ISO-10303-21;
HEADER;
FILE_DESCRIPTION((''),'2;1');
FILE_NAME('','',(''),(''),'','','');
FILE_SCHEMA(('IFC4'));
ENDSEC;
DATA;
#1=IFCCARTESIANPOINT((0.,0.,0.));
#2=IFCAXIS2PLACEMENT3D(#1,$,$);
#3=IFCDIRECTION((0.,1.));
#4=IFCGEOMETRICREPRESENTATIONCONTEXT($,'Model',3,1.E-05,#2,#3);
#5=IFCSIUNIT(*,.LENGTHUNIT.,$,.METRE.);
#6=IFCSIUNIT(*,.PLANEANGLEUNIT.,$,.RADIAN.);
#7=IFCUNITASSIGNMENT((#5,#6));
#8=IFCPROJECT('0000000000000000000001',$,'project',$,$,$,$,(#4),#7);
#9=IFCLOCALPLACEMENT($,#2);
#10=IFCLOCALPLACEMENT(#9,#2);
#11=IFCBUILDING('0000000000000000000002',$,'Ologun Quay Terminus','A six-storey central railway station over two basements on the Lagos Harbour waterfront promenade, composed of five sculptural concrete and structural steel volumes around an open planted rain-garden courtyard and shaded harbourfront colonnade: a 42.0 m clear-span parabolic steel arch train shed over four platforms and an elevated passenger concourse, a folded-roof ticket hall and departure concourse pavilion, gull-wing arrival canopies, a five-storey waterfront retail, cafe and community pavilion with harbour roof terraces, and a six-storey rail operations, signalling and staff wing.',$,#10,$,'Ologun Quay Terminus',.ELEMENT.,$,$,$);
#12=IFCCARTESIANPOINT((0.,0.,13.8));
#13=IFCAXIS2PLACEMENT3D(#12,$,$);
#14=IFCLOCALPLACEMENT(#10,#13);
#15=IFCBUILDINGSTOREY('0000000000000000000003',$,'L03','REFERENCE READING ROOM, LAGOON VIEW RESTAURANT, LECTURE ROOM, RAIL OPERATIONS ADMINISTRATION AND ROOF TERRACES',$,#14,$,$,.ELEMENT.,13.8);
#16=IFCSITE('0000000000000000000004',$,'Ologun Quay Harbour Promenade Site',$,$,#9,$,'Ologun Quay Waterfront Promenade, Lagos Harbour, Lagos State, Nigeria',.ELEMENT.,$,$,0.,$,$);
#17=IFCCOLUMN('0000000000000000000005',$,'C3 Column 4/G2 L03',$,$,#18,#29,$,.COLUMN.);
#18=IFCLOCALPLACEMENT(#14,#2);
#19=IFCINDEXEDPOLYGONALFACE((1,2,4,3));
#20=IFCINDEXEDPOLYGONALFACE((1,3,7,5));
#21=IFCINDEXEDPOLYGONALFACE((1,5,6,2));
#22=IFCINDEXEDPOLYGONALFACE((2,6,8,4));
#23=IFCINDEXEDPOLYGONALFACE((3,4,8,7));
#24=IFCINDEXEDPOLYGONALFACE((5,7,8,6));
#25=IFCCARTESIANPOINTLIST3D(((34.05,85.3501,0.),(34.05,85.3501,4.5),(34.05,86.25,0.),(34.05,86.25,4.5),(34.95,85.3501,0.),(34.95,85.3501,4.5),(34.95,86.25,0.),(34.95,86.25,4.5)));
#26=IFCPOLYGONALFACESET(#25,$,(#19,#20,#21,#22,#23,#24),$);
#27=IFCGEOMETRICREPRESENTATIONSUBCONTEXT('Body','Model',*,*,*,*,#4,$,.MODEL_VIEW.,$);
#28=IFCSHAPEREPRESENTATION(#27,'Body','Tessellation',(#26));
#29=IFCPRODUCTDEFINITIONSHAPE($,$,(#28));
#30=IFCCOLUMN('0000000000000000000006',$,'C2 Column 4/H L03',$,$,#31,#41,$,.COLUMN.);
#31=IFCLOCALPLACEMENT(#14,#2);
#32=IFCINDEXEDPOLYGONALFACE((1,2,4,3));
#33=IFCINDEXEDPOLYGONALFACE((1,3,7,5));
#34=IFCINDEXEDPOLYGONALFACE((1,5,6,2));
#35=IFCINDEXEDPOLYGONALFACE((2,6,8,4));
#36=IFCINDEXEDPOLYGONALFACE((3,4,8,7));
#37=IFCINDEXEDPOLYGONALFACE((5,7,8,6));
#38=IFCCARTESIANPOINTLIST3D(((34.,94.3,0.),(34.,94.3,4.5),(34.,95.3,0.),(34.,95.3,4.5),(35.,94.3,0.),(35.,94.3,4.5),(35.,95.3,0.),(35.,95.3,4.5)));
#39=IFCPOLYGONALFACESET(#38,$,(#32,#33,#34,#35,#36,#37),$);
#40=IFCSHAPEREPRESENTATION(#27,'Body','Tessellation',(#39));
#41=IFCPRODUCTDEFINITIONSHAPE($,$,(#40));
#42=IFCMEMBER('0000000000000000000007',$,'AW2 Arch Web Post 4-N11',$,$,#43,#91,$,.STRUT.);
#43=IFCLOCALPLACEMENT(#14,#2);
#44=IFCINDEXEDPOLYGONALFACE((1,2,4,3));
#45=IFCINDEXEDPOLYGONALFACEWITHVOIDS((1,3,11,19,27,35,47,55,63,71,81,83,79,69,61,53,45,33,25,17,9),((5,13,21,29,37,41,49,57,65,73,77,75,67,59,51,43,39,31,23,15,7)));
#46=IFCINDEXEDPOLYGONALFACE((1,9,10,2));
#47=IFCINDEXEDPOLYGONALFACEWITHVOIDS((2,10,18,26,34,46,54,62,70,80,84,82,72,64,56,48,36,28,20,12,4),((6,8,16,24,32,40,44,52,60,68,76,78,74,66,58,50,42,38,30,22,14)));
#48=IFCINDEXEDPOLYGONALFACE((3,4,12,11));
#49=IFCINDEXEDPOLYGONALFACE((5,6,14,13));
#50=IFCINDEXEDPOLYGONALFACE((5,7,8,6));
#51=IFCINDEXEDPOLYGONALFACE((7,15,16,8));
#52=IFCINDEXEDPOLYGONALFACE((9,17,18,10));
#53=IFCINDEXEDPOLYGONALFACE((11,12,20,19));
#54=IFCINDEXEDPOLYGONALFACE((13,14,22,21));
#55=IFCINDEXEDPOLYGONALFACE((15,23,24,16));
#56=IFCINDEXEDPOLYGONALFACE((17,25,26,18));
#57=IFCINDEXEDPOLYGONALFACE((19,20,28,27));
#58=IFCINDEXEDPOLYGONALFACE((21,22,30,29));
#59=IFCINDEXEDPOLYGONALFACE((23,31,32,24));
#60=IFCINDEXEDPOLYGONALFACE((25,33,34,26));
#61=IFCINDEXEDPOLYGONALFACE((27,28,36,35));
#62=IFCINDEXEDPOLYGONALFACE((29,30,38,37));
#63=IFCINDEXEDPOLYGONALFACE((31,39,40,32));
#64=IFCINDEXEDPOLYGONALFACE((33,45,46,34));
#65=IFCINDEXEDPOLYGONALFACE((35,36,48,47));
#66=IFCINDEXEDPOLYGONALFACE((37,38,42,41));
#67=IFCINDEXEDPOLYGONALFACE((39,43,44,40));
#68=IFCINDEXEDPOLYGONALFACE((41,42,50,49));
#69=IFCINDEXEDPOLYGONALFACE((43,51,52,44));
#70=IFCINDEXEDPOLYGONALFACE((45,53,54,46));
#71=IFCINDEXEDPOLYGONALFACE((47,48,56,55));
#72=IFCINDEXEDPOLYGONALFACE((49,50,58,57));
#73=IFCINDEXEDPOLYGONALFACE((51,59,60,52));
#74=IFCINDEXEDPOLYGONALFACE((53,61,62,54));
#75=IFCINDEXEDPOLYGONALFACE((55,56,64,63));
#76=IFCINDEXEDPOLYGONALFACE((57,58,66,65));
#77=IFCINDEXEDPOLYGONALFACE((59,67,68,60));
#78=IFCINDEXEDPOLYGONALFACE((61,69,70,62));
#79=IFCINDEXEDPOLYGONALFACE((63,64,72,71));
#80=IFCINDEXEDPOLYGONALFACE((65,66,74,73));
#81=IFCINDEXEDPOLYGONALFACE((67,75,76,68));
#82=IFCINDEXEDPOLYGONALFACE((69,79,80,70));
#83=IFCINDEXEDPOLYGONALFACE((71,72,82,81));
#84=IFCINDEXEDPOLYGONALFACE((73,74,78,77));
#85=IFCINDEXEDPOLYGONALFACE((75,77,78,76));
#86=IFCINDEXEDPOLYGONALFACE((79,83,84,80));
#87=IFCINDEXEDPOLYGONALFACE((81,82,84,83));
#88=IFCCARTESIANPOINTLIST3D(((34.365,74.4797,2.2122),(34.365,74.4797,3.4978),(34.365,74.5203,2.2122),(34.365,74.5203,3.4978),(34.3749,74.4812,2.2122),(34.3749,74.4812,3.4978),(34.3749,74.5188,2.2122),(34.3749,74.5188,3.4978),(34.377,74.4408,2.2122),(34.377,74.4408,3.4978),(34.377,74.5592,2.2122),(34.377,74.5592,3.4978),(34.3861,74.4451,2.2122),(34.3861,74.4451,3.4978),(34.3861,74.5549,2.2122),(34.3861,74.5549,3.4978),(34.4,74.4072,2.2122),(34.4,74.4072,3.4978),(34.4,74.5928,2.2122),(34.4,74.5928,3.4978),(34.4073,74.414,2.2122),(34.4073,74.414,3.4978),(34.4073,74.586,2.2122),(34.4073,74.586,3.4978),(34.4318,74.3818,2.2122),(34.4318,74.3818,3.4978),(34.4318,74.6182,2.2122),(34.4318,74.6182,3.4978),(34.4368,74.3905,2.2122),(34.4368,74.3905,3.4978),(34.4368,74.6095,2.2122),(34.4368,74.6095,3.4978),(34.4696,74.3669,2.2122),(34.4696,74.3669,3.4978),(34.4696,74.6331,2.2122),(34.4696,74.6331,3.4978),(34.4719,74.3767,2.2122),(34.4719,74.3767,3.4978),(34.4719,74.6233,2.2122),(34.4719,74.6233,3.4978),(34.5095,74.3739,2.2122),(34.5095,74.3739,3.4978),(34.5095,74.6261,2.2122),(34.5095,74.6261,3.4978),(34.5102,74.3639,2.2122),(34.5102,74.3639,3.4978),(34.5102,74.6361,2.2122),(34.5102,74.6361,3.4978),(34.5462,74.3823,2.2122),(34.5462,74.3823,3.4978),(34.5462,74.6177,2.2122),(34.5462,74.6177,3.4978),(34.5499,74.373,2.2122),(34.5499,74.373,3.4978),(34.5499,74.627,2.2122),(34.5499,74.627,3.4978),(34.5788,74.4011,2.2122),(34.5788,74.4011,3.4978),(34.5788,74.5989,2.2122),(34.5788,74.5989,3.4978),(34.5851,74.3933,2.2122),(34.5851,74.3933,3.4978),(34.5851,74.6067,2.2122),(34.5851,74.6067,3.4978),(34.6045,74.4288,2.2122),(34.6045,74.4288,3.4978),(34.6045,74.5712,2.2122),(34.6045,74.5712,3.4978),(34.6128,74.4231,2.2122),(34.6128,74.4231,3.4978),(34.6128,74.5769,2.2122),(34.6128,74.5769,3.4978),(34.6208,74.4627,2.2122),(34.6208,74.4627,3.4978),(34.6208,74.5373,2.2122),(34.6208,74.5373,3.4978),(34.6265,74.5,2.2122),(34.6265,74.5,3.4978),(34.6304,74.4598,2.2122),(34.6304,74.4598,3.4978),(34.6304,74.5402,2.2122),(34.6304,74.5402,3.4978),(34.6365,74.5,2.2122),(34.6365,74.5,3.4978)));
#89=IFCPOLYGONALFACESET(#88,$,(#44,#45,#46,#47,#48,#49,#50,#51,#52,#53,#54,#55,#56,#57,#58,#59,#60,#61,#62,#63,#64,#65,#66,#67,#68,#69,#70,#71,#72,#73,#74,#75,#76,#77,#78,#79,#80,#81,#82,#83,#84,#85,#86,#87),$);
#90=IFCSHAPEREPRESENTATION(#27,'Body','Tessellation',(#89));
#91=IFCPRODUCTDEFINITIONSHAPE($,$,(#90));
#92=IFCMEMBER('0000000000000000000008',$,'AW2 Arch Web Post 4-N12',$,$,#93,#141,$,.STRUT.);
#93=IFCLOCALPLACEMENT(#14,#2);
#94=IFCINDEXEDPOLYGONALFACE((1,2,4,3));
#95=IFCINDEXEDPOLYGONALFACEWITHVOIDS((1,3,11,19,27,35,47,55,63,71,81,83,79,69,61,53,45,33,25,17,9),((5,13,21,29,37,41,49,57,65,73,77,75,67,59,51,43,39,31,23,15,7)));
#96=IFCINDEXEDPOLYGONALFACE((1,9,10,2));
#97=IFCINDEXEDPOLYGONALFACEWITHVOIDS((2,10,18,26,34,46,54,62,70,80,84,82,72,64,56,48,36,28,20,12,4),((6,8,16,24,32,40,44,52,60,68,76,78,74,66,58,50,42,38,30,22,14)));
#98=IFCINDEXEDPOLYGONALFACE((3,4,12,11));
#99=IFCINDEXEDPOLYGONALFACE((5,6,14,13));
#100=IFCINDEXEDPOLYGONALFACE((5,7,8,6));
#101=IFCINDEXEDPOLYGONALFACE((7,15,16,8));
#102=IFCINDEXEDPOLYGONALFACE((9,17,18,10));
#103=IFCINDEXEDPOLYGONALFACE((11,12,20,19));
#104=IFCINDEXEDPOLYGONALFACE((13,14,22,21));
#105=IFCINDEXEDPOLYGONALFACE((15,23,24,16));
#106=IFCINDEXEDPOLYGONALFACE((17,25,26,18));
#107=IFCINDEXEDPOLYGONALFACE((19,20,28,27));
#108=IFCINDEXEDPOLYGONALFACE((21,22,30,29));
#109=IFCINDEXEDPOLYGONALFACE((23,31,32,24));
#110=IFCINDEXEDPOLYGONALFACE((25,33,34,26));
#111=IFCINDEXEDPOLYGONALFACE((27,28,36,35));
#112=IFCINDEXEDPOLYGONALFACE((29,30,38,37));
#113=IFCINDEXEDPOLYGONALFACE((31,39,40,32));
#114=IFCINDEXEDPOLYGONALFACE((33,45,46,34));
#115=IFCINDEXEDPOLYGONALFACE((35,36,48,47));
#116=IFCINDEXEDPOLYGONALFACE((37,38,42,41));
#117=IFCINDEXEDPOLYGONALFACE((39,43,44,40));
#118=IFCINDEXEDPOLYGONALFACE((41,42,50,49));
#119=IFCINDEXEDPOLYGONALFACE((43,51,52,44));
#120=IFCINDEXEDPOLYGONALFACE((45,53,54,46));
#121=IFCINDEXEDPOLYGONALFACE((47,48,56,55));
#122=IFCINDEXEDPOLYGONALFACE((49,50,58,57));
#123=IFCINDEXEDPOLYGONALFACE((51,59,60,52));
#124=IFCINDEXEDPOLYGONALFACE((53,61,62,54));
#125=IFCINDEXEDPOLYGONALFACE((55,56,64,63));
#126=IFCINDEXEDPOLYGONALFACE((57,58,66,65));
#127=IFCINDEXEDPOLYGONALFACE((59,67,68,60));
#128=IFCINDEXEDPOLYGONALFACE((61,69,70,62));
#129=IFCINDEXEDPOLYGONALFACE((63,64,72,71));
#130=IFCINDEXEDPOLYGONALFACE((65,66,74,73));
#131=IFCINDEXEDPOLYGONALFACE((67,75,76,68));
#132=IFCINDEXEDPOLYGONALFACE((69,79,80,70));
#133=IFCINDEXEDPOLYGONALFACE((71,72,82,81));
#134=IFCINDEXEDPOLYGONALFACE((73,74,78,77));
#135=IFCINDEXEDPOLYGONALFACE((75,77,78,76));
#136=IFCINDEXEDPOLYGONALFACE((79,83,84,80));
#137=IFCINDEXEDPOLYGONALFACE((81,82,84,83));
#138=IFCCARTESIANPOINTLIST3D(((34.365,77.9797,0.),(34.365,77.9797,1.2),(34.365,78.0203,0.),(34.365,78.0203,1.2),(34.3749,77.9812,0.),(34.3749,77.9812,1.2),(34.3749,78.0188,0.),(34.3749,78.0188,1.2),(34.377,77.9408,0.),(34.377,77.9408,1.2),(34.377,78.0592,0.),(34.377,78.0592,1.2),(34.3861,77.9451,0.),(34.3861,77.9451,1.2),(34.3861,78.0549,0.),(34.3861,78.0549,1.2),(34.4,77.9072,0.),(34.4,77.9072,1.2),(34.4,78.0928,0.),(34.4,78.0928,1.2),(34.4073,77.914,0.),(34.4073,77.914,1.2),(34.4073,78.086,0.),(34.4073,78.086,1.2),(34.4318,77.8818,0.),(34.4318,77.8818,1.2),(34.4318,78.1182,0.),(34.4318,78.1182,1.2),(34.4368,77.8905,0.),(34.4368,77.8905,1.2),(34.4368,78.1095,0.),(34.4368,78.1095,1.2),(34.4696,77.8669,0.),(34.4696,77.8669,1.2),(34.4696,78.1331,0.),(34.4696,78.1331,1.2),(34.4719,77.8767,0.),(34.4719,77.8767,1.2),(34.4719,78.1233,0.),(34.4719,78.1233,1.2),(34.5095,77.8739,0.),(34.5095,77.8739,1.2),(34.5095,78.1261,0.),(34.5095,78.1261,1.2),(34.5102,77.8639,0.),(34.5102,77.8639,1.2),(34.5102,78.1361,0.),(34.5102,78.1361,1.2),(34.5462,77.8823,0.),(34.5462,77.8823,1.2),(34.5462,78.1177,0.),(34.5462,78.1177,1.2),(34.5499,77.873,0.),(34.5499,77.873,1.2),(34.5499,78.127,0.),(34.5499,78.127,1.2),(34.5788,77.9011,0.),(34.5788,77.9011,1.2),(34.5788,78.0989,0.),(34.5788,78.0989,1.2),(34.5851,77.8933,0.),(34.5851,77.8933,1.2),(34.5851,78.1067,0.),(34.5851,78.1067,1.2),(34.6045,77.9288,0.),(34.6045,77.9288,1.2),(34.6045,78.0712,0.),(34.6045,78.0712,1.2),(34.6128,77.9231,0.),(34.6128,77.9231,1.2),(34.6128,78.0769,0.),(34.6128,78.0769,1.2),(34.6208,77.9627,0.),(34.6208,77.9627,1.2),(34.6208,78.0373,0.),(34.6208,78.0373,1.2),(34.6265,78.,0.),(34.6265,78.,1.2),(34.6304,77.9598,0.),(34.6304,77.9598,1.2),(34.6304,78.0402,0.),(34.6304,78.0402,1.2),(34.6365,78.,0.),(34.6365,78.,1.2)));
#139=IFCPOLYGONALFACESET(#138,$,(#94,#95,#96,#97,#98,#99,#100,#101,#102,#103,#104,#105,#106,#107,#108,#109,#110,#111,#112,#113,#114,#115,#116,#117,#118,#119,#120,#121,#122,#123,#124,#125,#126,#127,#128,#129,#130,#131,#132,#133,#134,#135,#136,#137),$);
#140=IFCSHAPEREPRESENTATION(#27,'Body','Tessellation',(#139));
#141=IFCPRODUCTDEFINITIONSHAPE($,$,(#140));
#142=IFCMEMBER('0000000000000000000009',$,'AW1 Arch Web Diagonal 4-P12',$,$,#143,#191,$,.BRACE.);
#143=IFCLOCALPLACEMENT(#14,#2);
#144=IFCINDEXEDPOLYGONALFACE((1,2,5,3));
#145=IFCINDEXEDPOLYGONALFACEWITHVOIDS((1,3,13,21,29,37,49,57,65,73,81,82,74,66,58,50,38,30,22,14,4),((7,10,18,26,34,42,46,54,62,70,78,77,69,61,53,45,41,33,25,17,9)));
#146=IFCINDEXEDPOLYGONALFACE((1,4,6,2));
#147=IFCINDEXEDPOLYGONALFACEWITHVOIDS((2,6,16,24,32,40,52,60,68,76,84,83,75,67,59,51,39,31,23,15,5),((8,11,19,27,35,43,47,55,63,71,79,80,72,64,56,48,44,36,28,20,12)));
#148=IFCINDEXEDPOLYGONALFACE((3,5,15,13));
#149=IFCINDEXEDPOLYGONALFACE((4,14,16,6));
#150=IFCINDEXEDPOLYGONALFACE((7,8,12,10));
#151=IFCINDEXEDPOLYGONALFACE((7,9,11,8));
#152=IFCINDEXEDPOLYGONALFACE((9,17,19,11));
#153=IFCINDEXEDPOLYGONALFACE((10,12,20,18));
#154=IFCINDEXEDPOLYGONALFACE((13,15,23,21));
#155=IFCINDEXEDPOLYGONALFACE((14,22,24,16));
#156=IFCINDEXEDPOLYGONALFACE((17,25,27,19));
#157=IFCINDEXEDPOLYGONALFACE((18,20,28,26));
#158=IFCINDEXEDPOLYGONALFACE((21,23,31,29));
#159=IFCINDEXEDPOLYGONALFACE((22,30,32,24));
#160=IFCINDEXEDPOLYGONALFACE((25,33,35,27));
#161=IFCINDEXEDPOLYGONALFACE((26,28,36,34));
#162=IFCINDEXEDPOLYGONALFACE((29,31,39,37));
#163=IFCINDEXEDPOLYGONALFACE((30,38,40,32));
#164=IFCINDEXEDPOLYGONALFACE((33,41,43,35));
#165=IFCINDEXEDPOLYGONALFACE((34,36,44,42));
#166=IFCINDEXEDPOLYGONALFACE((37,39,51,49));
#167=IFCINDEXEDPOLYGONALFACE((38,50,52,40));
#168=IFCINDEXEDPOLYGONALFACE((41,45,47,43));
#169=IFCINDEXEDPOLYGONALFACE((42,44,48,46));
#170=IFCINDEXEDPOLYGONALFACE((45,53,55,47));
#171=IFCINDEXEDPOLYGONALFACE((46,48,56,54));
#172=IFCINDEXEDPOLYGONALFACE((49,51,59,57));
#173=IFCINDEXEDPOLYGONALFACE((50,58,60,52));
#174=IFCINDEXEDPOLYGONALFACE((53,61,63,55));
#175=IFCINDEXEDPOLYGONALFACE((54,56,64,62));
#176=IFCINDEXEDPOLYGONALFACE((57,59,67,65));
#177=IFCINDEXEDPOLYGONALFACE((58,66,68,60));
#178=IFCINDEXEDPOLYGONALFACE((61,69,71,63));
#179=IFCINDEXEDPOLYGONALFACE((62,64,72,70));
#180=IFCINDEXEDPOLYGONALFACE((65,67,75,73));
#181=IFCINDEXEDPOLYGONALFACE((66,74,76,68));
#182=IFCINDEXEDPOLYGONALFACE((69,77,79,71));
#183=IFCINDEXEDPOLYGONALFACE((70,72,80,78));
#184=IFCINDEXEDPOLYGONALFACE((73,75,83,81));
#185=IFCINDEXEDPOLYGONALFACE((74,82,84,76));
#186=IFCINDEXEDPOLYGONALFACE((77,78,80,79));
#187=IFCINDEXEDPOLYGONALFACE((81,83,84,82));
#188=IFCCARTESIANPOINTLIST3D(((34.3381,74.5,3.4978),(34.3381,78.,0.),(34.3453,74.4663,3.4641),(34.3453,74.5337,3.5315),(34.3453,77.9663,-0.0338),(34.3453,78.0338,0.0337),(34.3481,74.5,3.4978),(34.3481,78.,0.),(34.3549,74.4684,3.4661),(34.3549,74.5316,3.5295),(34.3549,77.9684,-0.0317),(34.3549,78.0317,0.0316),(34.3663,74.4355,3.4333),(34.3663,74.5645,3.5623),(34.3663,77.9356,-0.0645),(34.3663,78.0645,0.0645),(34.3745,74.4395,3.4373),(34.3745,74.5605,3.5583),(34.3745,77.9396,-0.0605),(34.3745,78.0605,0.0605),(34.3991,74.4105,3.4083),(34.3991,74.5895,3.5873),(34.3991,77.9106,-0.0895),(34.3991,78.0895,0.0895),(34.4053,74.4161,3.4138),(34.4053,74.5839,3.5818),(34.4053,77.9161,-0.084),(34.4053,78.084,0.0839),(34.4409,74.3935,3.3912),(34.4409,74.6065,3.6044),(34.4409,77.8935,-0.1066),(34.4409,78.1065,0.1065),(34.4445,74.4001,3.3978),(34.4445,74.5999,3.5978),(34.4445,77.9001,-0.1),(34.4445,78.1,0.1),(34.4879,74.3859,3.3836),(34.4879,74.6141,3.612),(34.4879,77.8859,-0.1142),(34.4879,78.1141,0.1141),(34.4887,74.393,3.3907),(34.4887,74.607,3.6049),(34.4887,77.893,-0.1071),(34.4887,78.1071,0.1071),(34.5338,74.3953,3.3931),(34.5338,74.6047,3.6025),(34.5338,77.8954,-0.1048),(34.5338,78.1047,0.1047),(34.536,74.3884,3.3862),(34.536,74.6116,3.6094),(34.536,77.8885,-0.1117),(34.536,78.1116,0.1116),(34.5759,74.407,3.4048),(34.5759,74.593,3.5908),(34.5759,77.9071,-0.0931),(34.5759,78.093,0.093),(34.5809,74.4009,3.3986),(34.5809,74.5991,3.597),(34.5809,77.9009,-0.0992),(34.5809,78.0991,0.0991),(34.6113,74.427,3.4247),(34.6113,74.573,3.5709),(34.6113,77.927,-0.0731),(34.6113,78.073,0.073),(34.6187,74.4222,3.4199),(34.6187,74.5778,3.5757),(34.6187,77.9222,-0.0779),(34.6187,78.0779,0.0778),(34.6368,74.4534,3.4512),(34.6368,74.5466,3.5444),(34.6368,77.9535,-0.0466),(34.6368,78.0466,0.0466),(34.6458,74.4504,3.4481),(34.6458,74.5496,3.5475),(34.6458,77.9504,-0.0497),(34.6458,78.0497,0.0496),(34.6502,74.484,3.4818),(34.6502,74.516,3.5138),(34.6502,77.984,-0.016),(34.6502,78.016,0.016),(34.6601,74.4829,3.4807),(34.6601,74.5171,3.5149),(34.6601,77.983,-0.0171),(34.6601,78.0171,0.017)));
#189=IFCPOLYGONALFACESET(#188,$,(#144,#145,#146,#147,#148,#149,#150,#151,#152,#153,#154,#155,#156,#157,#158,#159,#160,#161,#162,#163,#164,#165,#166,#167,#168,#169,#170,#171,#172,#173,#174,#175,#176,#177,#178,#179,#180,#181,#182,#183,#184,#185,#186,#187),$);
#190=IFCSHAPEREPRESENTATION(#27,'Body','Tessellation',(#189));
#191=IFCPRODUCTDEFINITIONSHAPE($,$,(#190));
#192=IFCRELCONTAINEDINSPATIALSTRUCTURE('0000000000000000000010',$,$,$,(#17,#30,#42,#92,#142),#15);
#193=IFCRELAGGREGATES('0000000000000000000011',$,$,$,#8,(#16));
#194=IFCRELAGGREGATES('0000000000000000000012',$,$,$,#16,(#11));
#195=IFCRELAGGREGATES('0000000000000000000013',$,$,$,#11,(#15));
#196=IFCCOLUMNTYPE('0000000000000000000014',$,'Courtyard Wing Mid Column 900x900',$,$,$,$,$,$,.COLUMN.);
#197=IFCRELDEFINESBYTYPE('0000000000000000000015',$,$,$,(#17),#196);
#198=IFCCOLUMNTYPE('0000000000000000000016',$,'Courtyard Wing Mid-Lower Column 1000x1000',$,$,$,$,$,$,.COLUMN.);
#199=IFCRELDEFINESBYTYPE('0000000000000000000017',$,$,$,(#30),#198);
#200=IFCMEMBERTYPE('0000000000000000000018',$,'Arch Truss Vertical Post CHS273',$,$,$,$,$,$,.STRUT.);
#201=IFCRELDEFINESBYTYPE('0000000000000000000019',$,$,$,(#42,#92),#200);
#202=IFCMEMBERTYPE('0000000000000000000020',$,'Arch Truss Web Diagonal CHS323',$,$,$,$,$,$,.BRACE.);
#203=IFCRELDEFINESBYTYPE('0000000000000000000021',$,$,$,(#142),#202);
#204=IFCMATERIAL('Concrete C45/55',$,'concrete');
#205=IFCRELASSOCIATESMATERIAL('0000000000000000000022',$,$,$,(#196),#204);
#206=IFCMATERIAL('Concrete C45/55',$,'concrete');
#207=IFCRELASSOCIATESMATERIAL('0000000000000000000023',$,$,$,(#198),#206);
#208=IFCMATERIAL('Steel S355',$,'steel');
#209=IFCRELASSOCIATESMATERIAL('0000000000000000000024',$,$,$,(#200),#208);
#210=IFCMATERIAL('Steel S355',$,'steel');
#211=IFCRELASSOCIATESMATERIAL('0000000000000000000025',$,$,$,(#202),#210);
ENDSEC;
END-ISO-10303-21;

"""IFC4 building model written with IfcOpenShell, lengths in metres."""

from ifc_helpers import new_model, si_unit, direction, frame, origin, origin_2d, place, context, subcontext, project, spatial, rectangle, hollow_circle, extrude, material, material_profile, profile_set, type_object, element, save


model = new_model("IFC4")

# Units and contexts
model_context = context("Model", 3, precision=1e-05, world=origin(), true_north=direction((0.0, 1.0)))
body_context = subcontext(model_context, "Body", "Model", "MODEL_VIEW")
ifc_project = project(units=[si_unit("LENGTHUNIT", "METRE"), si_unit("PLANEANGLEUNIT", "RADIAN")], contexts=[model_context])

# Site, building, storey
site_placement = place(None, origin())
site = spatial("IfcSite", under=ifc_project, at=site_placement, Name="Ologun Quay Harbour Promenade Site", LongName="Ologun Quay Waterfront Promenade, Lagos Harbour, Lagos State, Nigeria", CompositionType="ELEMENT", RefElevation=0.0)
building_placement = place(site_placement, origin())
building = spatial("IfcBuilding", under=site, at=building_placement, Name="Ologun Quay Terminus", Description="A six-storey central railway station over two basements on the Lagos Harbour waterfront promenade, composed of five sculptural concrete and structural steel volumes around an open planted rain-garden courtyard and shaded harbourfront colonnade: a 42.0 m clear-span parabolic steel arch train shed over four platforms and an elevated passenger concourse, a folded-roof ticket hall and departure concourse pavilion, gull-wing arrival canopies, a five-storey waterfront retail, cafe and community pavilion with harbour roof terraces, and a six-storey rail operations, signalling and staff wing.", LongName="Ologun Quay Terminus", CompositionType="ELEMENT")
storey_placement = place(building_placement, frame((0.0, 0.0, 13.8)))
storey = spatial("IfcBuildingStorey", under=building, at=storey_placement, Name="L03", Description="REFERENCE READING ROOM, LAGOON VIEW RESTAURANT, LECTURE ROOM, RAIL OPERATIONS ADMINISTRATION AND ROOF TERRACES", CompositionType="ELEMENT", Elevation=13.8)

# Columns
ifc_material_1 = material(Name="Concrete C45/55", Category="concrete")
ifc_material_profile_1 = material_profile(ifc_material_1, rectangle(XDim=0.8999, YDim=0.8999, at=origin_2d()), Name="RC 900x900")
ifc_profile_set_1 = profile_set([ifc_material_profile_1], Name="Concrete C45/55")
column_type_1 = type_object("IfcColumnType", Name="Courtyard Wing Mid Column 900x900", PredefinedType="COLUMN", material=ifc_profile_set_1)
column_1_placement = place(storey_placement, frame((34.5, 85.8, 0.0), z_axis=(0.0, 0.0, 1.0), x_axis=(1.0, 0.0, 0.0)))
element("IfcColumn", 1, at=column_1_placement, inside=storey, type_object=column_type_1, Name="C3 Column 4/G2 L03", PredefinedType="COLUMN", context=body_context, shape_type="SweptSolid", body=[
    extrude(rectangle(XDim=0.8999, YDim=0.8999, at=origin_2d()), origin(), (0.0, 0.0, 1.0), 4.5),
])
ifc_material_2 = material(Name="Concrete C45/55", Category="concrete")
ifc_material_profile_2 = material_profile(ifc_material_2, rectangle(XDim=1.0, YDim=1.0, at=origin_2d()), Name="RC 1000x1000")
ifc_profile_set_2 = profile_set([ifc_material_profile_2], Name="Concrete C45/55")
column_type_2 = type_object("IfcColumnType", Name="Courtyard Wing Mid-Lower Column 1000x1000", PredefinedType="COLUMN", material=ifc_profile_set_2)
column_2_placement = place(storey_placement, frame((34.5, 94.8, 0.0), z_axis=(0.0, 0.0, 1.0), x_axis=(1.0, 0.0, 0.0)))
element("IfcColumn", 2, at=column_2_placement, inside=storey, type_object=column_type_2, Name="C2 Column 4/H L03", PredefinedType="COLUMN", context=body_context, shape_type="SweptSolid", body=[
    extrude(rectangle(XDim=1.0, YDim=1.0, at=origin_2d()), origin(), (0.0, 0.0, 1.0), 4.5),
])

# Members
ifc_material_3 = material(Name="Steel S355", Category="steel")
ifc_material_profile_3 = material_profile(ifc_material_3, hollow_circle(Radius=0.1365, WallThickness=0.01, at=origin_2d()), Name="CHS 273x10")
ifc_profile_set_3 = profile_set([ifc_material_profile_3], Name="Steel S355")
member_type_1 = type_object("IfcMemberType", Name="Arch Truss Vertical Post CHS273", PredefinedType="STRUT", material=ifc_profile_set_3)
member_1_placement = place(storey_placement, frame((34.5, 74.5, 2.2122), z_axis=(0.0, 0.0, 1.0), x_axis=(1.0, 0.0, 0.0)))
element("IfcMember", 3, at=member_1_placement, inside=storey, type_object=member_type_1, Name="AW2 Arch Web Post 4-N11", PredefinedType="STRUT", context=body_context, shape_type="SweptSolid", body=[
    extrude(hollow_circle(Radius=0.1365, WallThickness=0.01, at=origin_2d()), origin(), (0.0, 0.0, 1.0), 1.2856),
])
member_2_placement = place(storey_placement, frame((34.5, 78.0, 0.0), z_axis=(0.0, 0.0, 1.0), x_axis=(1.0, 0.0, 0.0)))
element("IfcMember", 4, at=member_2_placement, inside=storey, type_object=member_type_1, Name="AW2 Arch Web Post 4-N12", PredefinedType="STRUT", context=body_context, shape_type="SweptSolid", body=[
    extrude(hollow_circle(Radius=0.1365, WallThickness=0.01, at=origin_2d()), origin(), (0.0, 0.0, 1.0), 1.2),
])
ifc_material_4 = material(Name="Steel S355", Category="steel")
ifc_material_profile_4 = material_profile(ifc_material_4, hollow_circle(Radius=0.1619, WallThickness=0.01, at=origin_2d()), Name="CHS 323.9x10")
ifc_profile_set_4 = profile_set([ifc_material_profile_4], Name="Steel S355")
member_type_2 = type_object("IfcMemberType", Name="Arch Truss Web Diagonal CHS323", PredefinedType="BRACE", material=ifc_profile_set_4)
member_3_placement = place(storey_placement, frame((34.5, 74.5, 3.4978), z_axis=(0.0, 0.707329, -0.706885), x_axis=(-1.0, 0.0, 0.0)))
element("IfcMember", 5, at=member_3_placement, inside=storey, type_object=member_type_2, Name="AW1 Arch Web Diagonal 4-P12", PredefinedType="BRACE", context=body_context, shape_type="SweptSolid", body=[
    extrude(hollow_circle(Radius=0.1619, WallThickness=0.01, at=origin_2d()), origin(), (0.0, 0.0, 1.0), 4.9482),
])

save(model, "model.ifc")
